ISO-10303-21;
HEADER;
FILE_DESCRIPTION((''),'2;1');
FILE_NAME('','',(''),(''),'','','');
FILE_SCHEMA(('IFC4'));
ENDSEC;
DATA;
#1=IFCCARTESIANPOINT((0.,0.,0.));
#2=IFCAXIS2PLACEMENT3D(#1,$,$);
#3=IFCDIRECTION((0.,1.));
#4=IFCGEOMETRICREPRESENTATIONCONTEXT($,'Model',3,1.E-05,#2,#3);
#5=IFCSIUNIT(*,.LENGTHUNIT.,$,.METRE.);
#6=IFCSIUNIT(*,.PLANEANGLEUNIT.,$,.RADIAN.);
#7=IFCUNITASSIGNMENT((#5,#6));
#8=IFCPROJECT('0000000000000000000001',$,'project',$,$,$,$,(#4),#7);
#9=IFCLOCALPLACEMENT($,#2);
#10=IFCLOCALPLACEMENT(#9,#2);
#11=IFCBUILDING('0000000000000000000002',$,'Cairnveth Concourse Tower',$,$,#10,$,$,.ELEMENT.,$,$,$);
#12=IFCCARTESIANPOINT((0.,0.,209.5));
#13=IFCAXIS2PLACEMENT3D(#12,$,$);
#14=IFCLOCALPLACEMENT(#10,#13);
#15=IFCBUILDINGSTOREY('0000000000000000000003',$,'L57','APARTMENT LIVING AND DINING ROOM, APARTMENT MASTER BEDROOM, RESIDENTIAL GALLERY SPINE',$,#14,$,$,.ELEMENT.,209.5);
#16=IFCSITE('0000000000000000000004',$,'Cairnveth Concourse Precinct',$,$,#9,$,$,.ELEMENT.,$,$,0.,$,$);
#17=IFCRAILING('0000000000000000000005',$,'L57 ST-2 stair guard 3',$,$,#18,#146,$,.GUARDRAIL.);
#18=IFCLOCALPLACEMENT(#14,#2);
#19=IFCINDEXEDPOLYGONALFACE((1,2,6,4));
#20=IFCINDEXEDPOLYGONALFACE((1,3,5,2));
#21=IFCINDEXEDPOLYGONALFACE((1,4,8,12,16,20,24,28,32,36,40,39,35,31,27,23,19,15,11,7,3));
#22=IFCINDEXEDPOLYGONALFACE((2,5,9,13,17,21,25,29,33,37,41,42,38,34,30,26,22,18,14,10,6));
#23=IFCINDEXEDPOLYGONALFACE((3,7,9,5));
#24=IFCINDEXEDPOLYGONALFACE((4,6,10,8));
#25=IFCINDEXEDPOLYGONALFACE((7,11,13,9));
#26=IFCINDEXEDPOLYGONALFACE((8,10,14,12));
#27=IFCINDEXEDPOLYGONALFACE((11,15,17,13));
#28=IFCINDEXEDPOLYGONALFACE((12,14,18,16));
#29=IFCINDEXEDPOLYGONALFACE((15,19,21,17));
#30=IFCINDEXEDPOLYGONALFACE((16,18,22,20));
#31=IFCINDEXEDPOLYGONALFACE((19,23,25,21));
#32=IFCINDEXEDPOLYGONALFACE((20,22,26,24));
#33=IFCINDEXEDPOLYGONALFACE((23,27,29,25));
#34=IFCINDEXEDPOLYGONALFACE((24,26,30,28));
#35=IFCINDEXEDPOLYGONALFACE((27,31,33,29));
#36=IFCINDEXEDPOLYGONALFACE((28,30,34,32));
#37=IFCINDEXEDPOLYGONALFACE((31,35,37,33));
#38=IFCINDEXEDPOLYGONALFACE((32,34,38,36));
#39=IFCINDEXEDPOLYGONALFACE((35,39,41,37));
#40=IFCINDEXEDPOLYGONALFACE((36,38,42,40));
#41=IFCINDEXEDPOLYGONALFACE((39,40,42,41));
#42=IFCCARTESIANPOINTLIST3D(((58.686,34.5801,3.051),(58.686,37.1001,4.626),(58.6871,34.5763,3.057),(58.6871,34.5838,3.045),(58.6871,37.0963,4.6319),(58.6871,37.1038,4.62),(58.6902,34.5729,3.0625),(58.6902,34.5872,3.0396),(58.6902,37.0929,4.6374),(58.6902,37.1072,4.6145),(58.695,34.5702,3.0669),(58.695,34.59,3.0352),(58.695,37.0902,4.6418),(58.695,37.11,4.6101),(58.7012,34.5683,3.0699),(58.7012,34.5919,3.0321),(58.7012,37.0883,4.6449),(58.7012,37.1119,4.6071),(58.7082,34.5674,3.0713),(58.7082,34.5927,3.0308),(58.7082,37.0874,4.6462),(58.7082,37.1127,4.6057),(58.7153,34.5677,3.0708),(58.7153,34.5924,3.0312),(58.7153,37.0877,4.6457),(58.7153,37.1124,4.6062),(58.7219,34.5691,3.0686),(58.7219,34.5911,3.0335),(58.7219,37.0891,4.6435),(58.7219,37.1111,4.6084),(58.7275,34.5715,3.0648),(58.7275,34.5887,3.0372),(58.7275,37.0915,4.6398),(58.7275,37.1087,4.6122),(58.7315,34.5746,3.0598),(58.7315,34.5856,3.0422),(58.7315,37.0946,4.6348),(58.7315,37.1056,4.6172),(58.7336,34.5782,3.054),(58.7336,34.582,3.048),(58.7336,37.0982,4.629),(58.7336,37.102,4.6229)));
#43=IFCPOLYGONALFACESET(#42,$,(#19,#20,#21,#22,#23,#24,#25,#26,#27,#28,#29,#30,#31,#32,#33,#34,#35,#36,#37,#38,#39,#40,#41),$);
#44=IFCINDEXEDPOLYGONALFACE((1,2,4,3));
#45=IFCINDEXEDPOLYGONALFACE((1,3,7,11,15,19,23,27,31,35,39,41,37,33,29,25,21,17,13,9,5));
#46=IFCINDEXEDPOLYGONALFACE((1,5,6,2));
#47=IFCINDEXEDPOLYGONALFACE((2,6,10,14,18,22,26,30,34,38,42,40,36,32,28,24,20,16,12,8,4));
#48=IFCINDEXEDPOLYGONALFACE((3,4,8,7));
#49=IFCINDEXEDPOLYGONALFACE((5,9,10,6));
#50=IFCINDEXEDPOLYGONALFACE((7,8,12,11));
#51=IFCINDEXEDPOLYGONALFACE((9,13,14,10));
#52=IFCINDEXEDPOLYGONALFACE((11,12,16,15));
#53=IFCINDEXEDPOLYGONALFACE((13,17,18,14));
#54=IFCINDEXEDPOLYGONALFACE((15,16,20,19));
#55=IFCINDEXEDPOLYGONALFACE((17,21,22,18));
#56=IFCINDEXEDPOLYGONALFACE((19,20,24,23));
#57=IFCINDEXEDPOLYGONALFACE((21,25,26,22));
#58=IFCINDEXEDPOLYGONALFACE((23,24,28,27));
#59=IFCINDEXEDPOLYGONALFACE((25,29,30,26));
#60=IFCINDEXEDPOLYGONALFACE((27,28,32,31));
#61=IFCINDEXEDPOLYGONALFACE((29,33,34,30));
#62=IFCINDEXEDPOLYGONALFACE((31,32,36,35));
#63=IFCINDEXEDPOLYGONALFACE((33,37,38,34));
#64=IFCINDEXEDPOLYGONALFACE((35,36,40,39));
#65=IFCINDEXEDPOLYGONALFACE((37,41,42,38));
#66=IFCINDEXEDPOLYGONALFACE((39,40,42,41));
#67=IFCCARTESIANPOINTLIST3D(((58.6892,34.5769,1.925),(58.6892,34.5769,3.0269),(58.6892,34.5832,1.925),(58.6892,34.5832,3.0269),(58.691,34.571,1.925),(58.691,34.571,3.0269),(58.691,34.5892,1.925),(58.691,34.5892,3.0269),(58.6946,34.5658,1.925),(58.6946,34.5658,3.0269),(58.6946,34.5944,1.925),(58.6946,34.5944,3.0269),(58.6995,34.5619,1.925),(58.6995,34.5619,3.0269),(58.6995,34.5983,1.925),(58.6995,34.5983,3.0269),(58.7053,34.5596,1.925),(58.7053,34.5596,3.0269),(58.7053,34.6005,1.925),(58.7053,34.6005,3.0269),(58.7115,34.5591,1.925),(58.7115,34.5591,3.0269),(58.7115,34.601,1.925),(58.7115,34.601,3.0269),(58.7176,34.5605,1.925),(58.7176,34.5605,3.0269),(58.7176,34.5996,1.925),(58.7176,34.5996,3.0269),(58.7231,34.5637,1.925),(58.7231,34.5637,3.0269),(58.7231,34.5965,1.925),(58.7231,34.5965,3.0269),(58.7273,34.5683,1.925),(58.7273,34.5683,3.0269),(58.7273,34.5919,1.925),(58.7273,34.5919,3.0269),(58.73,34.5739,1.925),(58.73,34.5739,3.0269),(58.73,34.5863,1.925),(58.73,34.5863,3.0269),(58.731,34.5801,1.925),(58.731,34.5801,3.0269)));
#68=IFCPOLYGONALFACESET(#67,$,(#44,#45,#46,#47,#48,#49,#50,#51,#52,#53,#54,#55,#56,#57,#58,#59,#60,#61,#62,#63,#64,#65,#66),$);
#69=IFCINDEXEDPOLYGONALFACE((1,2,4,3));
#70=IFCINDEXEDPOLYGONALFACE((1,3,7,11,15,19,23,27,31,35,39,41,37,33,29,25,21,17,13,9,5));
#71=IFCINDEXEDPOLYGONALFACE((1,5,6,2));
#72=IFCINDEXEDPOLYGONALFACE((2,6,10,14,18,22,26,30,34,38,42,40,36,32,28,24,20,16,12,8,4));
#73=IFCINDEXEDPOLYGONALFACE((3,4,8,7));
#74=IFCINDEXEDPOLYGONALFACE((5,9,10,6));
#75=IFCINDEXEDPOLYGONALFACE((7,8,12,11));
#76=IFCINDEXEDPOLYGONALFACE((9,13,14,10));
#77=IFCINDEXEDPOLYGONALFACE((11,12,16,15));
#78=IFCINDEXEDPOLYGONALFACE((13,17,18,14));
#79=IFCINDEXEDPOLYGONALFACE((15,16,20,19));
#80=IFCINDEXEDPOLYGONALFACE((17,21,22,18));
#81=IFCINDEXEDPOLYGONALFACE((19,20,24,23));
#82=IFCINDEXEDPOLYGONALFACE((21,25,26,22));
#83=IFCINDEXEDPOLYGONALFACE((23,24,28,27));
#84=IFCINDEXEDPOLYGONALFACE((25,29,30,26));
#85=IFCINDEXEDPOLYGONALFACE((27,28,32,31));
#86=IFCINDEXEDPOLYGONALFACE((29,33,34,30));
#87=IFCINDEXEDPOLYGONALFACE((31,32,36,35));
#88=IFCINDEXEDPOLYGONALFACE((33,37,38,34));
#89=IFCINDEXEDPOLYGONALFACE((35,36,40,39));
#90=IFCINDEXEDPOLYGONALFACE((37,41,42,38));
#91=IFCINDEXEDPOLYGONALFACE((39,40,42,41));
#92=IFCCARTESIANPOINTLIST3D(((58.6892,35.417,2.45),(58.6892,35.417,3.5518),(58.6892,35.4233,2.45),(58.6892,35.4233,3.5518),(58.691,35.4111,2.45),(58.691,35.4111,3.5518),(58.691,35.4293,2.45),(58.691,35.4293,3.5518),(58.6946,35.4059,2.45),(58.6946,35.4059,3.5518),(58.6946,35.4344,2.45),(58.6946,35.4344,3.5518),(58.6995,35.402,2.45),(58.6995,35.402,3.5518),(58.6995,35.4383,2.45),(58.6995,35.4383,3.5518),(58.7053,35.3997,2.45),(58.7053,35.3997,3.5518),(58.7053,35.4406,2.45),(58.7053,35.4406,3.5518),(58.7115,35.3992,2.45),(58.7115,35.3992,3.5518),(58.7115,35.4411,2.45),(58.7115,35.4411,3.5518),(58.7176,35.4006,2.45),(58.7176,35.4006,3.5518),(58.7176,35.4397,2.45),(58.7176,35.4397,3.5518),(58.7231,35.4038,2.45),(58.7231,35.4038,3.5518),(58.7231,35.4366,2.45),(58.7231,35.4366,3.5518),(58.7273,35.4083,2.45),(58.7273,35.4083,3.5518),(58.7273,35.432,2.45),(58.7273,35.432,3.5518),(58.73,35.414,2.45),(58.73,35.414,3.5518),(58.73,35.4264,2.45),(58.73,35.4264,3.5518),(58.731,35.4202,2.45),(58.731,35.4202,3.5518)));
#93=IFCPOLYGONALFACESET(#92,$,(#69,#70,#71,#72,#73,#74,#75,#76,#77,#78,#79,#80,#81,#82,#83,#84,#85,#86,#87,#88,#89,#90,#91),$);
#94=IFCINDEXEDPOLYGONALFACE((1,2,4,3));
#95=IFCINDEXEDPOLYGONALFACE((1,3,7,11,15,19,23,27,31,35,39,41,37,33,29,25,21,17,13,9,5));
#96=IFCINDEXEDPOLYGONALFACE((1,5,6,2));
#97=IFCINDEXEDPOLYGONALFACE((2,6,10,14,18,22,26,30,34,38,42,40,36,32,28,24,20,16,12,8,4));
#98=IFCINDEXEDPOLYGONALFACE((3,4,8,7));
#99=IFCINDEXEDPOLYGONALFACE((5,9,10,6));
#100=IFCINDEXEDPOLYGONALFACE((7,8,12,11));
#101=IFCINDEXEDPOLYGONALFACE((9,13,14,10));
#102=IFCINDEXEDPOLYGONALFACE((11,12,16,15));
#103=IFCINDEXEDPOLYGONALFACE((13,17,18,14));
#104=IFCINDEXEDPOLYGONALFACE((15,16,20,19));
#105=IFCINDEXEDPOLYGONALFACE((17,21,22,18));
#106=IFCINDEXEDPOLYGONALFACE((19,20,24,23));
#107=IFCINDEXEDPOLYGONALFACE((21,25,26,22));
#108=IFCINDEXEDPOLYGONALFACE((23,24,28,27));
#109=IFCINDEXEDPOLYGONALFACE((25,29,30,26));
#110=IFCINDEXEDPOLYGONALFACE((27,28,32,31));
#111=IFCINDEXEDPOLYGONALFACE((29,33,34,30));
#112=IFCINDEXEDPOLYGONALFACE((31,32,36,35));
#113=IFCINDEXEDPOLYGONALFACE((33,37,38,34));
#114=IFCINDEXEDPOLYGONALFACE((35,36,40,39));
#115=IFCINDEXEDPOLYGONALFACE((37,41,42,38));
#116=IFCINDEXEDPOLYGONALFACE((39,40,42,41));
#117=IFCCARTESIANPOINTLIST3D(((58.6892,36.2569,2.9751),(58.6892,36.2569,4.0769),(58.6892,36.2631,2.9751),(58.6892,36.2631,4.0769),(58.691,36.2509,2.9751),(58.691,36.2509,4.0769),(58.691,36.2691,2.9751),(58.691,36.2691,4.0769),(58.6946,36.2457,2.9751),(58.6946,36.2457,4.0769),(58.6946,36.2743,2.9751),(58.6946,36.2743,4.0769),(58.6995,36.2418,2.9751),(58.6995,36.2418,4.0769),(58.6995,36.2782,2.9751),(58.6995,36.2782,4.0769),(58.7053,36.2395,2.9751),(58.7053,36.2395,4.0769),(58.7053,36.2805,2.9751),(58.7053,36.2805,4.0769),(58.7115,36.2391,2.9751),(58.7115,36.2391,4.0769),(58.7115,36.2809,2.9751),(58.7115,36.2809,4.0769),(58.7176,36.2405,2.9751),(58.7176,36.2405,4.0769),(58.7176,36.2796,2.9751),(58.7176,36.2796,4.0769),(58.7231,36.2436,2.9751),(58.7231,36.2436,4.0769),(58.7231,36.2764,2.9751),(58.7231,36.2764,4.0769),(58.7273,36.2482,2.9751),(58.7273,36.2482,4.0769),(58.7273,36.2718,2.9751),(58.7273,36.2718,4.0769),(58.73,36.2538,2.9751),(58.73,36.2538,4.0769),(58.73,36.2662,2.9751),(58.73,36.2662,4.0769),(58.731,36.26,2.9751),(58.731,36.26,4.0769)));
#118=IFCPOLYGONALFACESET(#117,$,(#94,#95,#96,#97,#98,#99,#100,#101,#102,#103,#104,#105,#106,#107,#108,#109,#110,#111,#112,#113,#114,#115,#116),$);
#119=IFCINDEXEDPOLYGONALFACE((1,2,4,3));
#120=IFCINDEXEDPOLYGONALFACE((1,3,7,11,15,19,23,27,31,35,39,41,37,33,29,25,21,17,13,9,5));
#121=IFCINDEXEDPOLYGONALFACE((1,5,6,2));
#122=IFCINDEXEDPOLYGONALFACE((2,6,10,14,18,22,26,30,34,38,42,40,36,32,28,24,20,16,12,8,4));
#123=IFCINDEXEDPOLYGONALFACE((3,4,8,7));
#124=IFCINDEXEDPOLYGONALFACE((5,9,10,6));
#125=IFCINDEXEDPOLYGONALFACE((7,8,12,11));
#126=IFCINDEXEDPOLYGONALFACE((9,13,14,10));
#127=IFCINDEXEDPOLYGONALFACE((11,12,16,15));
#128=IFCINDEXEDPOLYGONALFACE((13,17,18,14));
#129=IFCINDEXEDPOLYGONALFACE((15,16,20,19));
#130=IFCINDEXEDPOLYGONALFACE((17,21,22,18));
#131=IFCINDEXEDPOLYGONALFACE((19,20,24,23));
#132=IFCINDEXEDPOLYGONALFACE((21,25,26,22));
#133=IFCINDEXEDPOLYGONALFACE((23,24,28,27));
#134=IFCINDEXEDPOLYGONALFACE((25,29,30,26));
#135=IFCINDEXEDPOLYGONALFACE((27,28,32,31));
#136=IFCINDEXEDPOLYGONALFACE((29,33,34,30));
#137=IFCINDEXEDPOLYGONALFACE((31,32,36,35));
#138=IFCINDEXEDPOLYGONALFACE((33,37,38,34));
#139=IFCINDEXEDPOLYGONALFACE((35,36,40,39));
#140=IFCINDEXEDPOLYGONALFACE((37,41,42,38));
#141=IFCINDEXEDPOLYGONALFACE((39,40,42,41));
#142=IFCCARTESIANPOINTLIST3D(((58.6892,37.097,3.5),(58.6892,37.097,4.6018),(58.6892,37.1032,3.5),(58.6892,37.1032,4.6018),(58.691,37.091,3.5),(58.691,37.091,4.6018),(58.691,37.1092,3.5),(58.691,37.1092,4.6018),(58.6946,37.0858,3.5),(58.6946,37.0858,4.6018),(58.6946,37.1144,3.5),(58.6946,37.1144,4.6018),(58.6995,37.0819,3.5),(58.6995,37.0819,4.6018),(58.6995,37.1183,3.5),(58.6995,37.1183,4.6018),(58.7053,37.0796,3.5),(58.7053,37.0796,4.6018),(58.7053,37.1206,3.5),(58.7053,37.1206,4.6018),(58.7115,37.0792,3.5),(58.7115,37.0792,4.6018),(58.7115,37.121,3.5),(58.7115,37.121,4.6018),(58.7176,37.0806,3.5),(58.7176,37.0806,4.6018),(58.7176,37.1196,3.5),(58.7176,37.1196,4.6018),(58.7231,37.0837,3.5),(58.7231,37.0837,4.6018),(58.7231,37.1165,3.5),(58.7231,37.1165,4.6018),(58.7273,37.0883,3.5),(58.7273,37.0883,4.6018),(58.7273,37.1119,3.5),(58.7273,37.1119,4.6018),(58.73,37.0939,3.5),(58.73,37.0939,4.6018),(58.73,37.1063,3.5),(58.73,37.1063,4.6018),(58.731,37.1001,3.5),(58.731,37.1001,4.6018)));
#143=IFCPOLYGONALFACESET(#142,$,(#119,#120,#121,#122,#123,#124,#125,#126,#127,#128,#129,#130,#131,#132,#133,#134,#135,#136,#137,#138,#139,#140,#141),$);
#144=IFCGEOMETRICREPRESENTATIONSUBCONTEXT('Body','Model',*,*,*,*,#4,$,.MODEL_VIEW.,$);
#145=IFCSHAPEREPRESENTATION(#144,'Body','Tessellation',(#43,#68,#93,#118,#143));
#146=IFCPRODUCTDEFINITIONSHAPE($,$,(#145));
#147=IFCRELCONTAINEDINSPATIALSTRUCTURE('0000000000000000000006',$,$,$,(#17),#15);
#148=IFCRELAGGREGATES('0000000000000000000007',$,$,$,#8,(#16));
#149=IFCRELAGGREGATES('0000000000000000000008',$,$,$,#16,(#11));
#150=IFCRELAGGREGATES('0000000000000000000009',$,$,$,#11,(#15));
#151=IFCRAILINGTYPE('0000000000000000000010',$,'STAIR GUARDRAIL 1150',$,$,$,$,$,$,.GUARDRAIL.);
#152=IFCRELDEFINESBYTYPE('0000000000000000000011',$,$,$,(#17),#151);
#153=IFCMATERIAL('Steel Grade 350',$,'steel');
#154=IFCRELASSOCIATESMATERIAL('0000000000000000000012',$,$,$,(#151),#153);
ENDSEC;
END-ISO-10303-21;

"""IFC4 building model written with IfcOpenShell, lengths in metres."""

from ifc_helpers import new_model, si_unit, direction, frame, origin, origin_2d, place, context, subcontext, project, spatial, circle, extrude, material, type_object, element, save


model = new_model("IFC4")

# Units and contexts
model_context = context("Model", 3, precision=1e-05, world=origin(), true_north=direction((0.0, 1.0)))
body_context = subcontext(model_context, "Body", "Model", "MODEL_VIEW")
ifc_project = project(units=[si_unit("LENGTHUNIT", "METRE"), si_unit("PLANEANGLEUNIT", "RADIAN")], contexts=[model_context])

# Site, building, storey
site_placement = place(None, origin())
site = spatial("IfcSite", under=ifc_project, at=site_placement, Name="Cairnveth Concourse Precinct", CompositionType="ELEMENT", RefElevation=0.0)
building_placement = place(site_placement, origin())
building = spatial("IfcBuilding", under=site, at=building_placement, Name="Cairnveth Concourse Tower", CompositionType="ELEMENT")
storey_placement = place(building_placement, frame((0.0, 0.0, 209.5)))
storey = spatial("IfcBuildingStorey", under=building, at=storey_placement, Name="L57", Description="APARTMENT LIVING AND DINING ROOM, APARTMENT MASTER BEDROOM, RESIDENTIAL GALLERY SPINE", CompositionType="ELEMENT", Elevation=209.5)

# Shared definitions
ifc_material_1 = material(Name="Steel Grade 350", Category="steel")

# Railing
railing_type_1 = type_object("IfcRailingType", Name="STAIR GUARDRAIL 1150", PredefinedType="GUARDRAIL", material=ifc_material_1)
railing_1_placement = place(storey_placement, frame((58.71, 34.5801, 1.925)))
element("IfcRailing", 1, at=railing_1_placement, inside=storey, type_object=railing_type_1, Name="L57 ST-2 stair guard 3", PredefinedType="GUARDRAIL", context=body_context, shape_type="SweptSolid", body=[
    extrude(circle(Radius=0.0239, at=origin_2d()), frame((0.0, 0.0, 1.126), z_axis=(0.0, 0.848008, 0.529984), x_axis=(-1.0, 0.0, 0.0)), (0.0, 0.0, 1.0), 2.9717),
    extrude(circle(Radius=0.021, at=origin_2d()), origin(), (0.0, 0.0, 1.0), 1.1018),
    extrude(circle(Radius=0.021, at=origin_2d()), frame((0.0, 0.8401, 0.5249)), (0.0, 0.0, 1.0), 1.1018),
    extrude(circle(Radius=0.021, at=origin_2d()), frame((0.0, 1.6799, 1.05)), (0.0, 0.0, 1.0), 1.1018),
    extrude(circle(Radius=0.021, at=origin_2d()), frame((0.0, 2.52, 1.575)), (0.0, 0.0, 1.0), 1.1018),
])

save(model, "model.ifc")
